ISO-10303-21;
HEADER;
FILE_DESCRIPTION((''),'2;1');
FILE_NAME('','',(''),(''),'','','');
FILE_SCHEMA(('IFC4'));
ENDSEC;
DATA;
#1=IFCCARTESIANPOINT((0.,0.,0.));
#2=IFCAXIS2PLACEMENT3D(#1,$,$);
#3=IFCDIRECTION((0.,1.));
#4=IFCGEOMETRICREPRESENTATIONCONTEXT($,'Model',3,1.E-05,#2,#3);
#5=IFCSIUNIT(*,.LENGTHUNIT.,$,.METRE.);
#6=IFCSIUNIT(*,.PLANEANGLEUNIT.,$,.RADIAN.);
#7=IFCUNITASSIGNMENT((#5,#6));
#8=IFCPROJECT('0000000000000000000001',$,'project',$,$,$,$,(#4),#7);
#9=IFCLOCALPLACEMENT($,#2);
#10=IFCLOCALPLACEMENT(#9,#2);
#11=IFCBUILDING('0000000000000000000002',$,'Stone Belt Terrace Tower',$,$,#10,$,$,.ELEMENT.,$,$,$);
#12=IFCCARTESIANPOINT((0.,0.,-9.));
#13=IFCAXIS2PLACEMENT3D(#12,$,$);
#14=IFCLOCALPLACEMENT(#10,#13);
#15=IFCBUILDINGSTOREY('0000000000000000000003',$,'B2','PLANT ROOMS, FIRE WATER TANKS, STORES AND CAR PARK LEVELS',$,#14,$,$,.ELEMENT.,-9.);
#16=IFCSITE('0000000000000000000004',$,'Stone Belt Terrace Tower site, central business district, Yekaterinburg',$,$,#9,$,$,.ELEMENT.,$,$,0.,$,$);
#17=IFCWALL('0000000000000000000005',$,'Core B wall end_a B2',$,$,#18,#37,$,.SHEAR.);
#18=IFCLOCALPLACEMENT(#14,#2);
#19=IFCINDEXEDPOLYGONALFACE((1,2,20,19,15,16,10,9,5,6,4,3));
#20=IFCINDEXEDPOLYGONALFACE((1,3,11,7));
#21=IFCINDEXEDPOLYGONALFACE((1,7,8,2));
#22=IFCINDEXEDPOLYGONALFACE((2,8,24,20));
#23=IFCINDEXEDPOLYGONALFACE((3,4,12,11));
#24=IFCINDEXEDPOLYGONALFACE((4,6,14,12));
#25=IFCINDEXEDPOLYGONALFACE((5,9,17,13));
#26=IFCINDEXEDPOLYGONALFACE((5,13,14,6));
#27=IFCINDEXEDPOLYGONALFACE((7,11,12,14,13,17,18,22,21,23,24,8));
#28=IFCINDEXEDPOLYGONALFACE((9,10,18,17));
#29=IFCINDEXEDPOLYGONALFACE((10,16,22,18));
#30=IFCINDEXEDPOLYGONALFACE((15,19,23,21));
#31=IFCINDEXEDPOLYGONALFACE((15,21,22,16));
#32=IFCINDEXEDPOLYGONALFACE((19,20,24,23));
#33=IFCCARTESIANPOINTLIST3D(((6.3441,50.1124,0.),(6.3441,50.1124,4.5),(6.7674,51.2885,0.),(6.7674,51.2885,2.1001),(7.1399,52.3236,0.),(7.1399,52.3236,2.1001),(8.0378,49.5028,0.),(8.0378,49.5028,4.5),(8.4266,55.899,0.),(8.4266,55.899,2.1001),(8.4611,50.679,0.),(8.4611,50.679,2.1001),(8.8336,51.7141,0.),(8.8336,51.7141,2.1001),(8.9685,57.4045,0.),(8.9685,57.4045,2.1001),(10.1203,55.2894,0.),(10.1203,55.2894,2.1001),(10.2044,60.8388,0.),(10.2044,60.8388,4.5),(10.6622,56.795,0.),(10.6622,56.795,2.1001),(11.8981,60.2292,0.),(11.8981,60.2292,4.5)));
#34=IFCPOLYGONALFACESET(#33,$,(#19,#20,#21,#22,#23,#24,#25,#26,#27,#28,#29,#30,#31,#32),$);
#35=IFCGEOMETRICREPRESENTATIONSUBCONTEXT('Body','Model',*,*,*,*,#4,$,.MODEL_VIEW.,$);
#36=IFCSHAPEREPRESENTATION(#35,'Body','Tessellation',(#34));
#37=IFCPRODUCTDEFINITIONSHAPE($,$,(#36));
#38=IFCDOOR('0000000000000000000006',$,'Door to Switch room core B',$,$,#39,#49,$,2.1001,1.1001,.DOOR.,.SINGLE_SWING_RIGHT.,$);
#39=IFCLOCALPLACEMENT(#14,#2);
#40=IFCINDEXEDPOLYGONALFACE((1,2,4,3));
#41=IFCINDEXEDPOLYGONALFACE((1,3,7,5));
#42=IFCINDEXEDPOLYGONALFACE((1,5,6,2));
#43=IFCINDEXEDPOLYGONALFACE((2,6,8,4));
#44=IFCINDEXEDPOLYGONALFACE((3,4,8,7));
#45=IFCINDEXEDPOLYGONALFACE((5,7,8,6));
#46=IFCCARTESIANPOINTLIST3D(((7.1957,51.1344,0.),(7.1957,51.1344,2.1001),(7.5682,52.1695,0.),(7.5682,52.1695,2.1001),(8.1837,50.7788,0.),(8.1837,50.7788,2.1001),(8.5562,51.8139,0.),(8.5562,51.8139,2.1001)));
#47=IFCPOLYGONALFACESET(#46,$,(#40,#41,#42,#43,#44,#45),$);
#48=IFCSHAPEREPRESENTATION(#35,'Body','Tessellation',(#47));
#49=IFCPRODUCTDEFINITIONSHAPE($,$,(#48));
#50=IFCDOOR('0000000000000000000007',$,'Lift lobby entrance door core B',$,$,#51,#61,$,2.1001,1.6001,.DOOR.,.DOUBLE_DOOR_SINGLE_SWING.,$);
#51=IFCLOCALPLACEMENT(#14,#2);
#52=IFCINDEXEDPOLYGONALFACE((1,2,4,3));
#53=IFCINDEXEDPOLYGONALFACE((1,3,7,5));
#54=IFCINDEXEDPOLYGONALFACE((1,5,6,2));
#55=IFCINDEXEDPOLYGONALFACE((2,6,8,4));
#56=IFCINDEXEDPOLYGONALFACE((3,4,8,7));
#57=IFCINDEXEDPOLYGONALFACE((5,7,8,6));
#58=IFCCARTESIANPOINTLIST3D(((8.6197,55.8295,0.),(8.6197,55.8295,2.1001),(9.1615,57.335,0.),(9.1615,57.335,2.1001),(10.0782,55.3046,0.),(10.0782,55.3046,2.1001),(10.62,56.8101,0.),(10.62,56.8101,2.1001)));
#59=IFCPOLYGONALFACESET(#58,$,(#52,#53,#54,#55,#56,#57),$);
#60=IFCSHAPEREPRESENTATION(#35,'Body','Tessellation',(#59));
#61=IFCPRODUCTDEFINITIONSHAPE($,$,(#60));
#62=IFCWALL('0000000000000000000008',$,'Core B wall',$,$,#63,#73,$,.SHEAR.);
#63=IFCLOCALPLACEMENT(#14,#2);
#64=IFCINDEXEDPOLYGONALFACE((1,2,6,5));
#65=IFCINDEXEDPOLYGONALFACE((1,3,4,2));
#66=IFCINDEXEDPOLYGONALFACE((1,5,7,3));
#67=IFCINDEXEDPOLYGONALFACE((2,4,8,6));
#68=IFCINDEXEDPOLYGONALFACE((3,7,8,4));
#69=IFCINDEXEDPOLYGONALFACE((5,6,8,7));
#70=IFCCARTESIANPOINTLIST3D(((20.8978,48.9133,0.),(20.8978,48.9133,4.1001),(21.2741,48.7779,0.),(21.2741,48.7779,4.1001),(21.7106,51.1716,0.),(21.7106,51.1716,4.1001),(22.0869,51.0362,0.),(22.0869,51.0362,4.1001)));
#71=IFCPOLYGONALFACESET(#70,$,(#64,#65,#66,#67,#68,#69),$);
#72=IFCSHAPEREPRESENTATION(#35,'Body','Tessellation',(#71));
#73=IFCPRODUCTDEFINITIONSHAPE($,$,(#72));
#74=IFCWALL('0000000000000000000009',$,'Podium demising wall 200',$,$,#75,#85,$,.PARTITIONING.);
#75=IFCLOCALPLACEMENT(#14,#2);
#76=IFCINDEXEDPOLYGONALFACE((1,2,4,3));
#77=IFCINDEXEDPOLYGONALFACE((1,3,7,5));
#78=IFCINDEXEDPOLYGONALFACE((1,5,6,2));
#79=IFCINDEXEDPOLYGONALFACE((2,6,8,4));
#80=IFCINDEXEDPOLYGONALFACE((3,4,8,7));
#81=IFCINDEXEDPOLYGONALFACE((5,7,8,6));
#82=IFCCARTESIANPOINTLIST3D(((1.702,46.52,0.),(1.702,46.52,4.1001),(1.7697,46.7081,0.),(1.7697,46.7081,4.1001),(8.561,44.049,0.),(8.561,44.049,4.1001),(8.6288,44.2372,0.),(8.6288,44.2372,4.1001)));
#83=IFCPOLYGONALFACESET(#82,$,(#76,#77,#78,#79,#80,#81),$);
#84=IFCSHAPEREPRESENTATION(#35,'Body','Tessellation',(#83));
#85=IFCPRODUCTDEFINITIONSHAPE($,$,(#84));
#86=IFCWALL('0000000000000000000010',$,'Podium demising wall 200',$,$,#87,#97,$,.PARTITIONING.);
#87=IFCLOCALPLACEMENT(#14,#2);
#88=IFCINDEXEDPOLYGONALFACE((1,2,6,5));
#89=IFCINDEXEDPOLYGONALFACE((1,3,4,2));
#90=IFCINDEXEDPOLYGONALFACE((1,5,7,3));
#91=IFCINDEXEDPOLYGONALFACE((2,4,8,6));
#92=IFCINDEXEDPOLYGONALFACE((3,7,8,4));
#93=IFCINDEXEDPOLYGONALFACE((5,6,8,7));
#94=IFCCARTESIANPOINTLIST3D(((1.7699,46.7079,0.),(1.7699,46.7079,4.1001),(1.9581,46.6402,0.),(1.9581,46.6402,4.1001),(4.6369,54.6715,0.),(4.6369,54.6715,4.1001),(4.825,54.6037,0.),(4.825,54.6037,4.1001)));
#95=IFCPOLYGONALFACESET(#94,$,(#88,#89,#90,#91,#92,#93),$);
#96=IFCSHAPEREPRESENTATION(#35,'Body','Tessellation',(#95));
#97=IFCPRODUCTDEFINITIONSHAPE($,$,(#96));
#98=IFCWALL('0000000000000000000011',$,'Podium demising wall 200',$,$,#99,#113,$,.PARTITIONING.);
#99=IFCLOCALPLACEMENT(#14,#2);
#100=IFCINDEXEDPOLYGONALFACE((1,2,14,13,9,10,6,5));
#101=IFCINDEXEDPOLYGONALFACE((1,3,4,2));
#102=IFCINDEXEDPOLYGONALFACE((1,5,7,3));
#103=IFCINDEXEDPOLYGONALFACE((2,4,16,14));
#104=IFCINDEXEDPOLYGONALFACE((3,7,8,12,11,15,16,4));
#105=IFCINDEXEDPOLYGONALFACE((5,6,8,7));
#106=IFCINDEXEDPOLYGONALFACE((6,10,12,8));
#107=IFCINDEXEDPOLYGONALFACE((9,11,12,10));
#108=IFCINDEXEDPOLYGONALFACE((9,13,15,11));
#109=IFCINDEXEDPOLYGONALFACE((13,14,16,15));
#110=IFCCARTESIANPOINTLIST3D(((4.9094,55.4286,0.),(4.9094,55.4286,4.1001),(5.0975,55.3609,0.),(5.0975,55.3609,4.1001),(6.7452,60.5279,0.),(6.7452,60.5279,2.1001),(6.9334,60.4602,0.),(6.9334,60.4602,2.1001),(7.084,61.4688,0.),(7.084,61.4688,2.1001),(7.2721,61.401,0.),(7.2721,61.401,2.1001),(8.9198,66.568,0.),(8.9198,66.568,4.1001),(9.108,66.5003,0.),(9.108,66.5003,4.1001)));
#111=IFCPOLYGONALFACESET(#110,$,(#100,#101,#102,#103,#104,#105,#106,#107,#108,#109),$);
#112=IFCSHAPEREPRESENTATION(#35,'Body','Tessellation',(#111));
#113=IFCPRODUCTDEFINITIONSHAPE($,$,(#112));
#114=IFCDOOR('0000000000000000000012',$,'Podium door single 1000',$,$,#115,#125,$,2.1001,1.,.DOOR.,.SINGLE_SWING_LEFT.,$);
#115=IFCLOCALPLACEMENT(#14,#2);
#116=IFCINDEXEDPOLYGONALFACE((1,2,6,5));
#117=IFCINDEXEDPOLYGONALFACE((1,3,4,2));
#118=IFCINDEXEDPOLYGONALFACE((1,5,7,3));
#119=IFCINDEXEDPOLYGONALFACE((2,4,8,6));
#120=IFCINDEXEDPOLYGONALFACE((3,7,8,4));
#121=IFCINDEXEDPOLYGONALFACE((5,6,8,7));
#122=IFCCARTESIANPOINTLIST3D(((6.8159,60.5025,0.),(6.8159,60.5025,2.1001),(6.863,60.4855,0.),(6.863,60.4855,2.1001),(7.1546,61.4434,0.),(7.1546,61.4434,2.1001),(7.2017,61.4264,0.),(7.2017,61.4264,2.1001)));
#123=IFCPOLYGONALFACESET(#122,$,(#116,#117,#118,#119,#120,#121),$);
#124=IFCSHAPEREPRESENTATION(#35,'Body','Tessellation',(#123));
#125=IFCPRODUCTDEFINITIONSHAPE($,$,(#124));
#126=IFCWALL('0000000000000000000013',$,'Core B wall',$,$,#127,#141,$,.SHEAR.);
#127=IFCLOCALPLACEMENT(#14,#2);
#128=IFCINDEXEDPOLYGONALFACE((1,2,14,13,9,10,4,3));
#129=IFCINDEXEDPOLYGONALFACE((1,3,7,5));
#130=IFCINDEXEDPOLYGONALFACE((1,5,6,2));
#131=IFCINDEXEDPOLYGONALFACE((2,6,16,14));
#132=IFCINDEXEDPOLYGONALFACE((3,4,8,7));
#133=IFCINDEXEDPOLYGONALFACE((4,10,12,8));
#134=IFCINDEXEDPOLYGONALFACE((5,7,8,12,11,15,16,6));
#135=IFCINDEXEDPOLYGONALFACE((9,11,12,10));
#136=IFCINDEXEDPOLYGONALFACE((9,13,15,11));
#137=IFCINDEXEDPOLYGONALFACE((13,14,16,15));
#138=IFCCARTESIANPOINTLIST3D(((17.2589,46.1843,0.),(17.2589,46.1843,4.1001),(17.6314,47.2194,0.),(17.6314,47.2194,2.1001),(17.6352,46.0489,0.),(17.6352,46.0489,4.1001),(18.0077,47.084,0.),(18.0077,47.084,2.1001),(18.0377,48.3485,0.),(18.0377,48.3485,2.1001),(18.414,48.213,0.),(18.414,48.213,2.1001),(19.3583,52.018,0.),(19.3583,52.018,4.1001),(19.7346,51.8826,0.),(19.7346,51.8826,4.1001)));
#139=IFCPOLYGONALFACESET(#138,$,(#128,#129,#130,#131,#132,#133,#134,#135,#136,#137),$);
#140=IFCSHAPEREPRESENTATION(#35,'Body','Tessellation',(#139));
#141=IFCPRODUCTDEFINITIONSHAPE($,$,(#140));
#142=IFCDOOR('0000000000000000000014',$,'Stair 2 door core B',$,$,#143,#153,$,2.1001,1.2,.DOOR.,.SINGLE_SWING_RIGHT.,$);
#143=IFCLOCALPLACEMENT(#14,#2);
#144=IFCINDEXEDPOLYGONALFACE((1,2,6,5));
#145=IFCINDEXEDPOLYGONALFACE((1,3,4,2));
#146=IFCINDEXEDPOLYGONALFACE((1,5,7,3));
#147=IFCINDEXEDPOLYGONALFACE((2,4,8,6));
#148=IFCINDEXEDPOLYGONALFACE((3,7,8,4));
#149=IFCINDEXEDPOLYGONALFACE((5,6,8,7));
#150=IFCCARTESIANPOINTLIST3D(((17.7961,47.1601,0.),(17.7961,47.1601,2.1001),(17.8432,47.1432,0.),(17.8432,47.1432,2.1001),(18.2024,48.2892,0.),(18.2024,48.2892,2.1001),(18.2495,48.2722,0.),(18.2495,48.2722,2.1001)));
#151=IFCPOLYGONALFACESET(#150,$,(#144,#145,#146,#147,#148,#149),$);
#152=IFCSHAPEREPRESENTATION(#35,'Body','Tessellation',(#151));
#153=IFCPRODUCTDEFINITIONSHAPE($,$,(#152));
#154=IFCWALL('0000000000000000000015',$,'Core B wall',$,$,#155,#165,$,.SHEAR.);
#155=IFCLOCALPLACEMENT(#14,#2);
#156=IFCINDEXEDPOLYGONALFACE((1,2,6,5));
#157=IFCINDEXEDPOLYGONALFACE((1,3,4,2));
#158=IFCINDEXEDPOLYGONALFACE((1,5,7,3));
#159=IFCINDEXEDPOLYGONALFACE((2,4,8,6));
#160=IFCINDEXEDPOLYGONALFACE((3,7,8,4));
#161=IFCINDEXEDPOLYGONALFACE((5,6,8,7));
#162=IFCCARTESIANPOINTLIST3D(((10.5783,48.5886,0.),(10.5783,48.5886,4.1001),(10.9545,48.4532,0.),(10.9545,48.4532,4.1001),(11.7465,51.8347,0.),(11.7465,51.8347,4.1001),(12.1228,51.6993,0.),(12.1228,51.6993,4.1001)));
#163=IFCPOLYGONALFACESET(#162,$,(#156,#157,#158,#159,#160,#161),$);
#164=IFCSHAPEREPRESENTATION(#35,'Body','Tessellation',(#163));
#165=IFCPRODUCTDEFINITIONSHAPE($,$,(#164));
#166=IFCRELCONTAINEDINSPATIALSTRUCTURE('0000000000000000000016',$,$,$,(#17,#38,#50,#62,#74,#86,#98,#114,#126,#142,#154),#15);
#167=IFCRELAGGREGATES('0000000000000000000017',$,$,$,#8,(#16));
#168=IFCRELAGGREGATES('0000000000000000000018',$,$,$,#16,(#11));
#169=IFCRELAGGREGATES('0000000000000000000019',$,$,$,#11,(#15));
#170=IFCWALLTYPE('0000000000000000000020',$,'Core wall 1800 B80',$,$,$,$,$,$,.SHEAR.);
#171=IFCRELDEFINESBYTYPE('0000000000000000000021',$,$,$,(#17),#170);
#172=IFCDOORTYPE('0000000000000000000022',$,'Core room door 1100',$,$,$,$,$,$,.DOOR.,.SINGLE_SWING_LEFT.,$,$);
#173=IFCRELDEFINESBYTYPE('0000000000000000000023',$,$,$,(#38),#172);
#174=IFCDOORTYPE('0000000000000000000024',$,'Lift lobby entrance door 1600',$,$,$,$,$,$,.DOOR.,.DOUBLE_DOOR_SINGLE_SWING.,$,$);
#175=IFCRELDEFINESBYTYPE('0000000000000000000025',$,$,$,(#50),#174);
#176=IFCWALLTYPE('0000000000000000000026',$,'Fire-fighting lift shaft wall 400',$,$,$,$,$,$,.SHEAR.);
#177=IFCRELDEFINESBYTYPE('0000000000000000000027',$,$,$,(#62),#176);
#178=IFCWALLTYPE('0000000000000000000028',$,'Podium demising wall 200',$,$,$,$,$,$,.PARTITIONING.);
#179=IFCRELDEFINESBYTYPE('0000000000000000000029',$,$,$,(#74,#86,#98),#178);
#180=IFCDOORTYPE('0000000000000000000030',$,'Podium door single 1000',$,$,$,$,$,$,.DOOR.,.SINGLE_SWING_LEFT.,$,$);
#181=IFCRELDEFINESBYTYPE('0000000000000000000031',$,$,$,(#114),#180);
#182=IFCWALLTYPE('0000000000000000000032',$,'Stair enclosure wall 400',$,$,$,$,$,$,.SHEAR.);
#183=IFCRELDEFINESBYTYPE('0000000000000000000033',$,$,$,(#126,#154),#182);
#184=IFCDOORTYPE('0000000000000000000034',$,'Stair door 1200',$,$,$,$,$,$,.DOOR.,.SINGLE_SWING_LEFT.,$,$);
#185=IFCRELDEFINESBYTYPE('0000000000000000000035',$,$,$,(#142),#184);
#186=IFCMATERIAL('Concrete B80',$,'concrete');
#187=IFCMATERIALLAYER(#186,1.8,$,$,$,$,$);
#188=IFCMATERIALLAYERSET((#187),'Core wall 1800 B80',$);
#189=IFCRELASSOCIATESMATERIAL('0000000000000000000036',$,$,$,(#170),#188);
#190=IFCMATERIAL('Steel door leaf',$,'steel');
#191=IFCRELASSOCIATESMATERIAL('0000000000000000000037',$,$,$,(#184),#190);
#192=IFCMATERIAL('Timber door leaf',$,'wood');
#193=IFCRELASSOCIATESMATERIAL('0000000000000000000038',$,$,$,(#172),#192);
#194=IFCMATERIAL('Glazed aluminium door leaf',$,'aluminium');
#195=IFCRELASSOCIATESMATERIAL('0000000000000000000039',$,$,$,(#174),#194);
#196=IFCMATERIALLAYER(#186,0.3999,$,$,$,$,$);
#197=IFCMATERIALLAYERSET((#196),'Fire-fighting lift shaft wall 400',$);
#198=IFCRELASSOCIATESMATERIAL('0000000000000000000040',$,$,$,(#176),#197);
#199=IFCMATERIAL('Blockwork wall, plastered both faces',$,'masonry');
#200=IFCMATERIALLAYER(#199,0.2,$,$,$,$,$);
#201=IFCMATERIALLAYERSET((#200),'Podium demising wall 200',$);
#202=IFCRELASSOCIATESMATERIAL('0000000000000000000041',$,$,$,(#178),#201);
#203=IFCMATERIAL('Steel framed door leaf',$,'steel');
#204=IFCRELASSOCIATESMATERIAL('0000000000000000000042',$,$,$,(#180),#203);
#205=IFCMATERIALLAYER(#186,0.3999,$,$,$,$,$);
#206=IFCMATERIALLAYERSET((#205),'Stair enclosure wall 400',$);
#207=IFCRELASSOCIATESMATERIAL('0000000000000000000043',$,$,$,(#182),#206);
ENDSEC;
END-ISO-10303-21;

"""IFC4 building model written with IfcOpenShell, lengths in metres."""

from ifc_helpers import new_model, si_unit, direction, frame, frame_2d, origin, place, context, subcontext, project, spatial, rectangle, extrude, material, layer, layer_set, type_object, element, fill, save


model = new_model("IFC4")

# Units and contexts
model_context = context("Model", 3, precision=1e-05, world=origin(), true_north=direction((0.0, 1.0)))
body_context = subcontext(model_context, "Body", "Model", "MODEL_VIEW")
ifc_project = project(units=[si_unit("LENGTHUNIT", "METRE"), si_unit("PLANEANGLEUNIT", "RADIAN")], contexts=[model_context])

# Site, building, storey
site_placement = place(None, origin())
site = spatial("IfcSite", under=ifc_project, at=site_placement, Name="Stone Belt Terrace Tower site, central business district, Yekaterinburg", CompositionType="ELEMENT", RefElevation=0.0)
building_placement = place(site_placement, origin())
building = spatial("IfcBuilding", under=site, at=building_placement, Name="Stone Belt Terrace Tower", CompositionType="ELEMENT")
storey_placement = place(building_placement, frame((0.0, 0.0, -9.0)))
storey = spatial("IfcBuildingStorey", under=building, at=storey_placement, Name="B2", Description="PLANT ROOMS, FIRE WATER TANKS, STORES AND CAR PARK LEVELS", CompositionType="ELEMENT", Elevation=-9.0)

# Shared definitions
ifc_material_1 = material(Name="Concrete B80", Category="concrete")

# Shared definitions
ifc_material_2 = material(Name="Timber door leaf", Category="wood")

# Wall, openings, doors
ifc_layer_1 = layer(ifc_material_1, 1.8)
ifc_layer_set_1 = layer_set([ifc_layer_1], Name="Core wall 1800 B80")
wall_type_1 = type_object("IfcWallType", Name="Core wall 1800 B80", PredefinedType="SHEAR", material=ifc_layer_set_1)
ifc_material_3 = material(Name="Steel door leaf", Category="steel")
door_type_1 = type_object("IfcDoorType", Name="Stair door 1200", OperationType="SINGLE_SWING_LEFT", PredefinedType="DOOR", material=ifc_material_3)
wall_1_placement = place(storey_placement, frame((7.1909, 49.8076, 0.0), z_axis=(0.0, 0.0, 1.0), x_axis=(0.338632, 0.940919, 0.0)))
wall_1 = element("IfcWall", 1, at=wall_1_placement, inside=storey, type_object=wall_type_1, Name="Core B wall end_a B2", PredefinedType="SHEAR", context=body_context, shape_type="SweptSolid", body=[
    extrude(rectangle(XDim=11.3999, YDim=1.8, at=frame_2d((5.7, 0.0))), origin(), (0.0, 0.0, 1.0), 4.5),
])
opening_1_placement = place(wall_1_placement, frame((6.1499, 0.0, 0.0)))
opening_1 = element("IfcOpeningElement", 2, at=opening_1_placement, cuts=wall_1, PredefinedType="OPENING", context=body_context, shape_type="SweptSolid", body=[
    extrude(rectangle(XDim=1.6001, YDim=2.1001, at=frame_2d((0.8, 1.05))), frame((0.0, 0.9099, 0.0), z_axis=(0.0, -1.0, 0.0), x_axis=(1.0, 0.0, 0.0)), (0.0, 0.0, 1.0), 1.8201),
])
opening_2_placement = place(wall_1_placement, frame((1.25, 0.0, 0.0)))
opening_2 = element("IfcOpeningElement", 3, at=opening_2_placement, cuts=wall_1, PredefinedType="OPENING", context=body_context, shape_type="SweptSolid", body=[
    extrude(rectangle(XDim=1.1001, YDim=2.1001, at=frame_2d((0.55, 1.05))), frame((0.0, 0.9099, 0.0), z_axis=(0.0, -1.0, 0.0), x_axis=(1.0, 0.0, 0.0)), (0.0, 0.0, 1.0), 1.8201),
])
door_type_2 = type_object("IfcDoorType", Name="Core room door 1100", OperationType="SINGLE_SWING_LEFT", PredefinedType="DOOR", material=ifc_material_2)
door_1_placement = place(opening_2_placement, origin())
door_1 = element("IfcDoor", 4, at=door_1_placement, inside=storey, type_object=door_type_2, Name="Door to Switch room core B", OperationType="SINGLE_SWING_RIGHT", OverallHeight=2.1001, OverallWidth=1.1001, PredefinedType="DOOR", context=body_context, shape_type="SweptSolid", body=[
    extrude(rectangle(XDim=1.1001, YDim=2.1001, at=frame_2d((0.55, 1.05))), frame((0.0, 0.4448, 0.0), z_axis=(0.0, -1.0, 0.0), x_axis=(1.0, 0.0, 0.0)), (0.0, 0.0, 1.0), 1.05),
])
fill(opening_2, door_1)
ifc_material_4 = material(Name="Glazed aluminium door leaf", Category="aluminium")
door_type_3 = type_object("IfcDoorType", Name="Lift lobby entrance door 1600", OperationType="DOUBLE_DOOR_SINGLE_SWING", PredefinedType="DOOR", material=ifc_material_4)
door_2_placement = place(opening_1_placement, origin())
door_2 = element("IfcDoor", 5, at=door_2_placement, inside=storey, type_object=door_type_3, Name="Lift lobby entrance door core B", OperationType="DOUBLE_DOOR_SINGLE_SWING", OverallHeight=2.1001, OverallWidth=1.6001, PredefinedType="DOOR", context=body_context, shape_type="SweptSolid", body=[
    extrude(rectangle(XDim=1.6001, YDim=2.1001, at=frame_2d((0.8, 1.05))), frame((0.0, 0.6948, 0.0), z_axis=(0.0, -1.0, 0.0), x_axis=(1.0, 0.0, 0.0)), (0.0, 0.0, 1.0), 1.55),
])
fill(opening_1, door_2)

# Walls
ifc_layer_2 = layer(ifc_material_1, 0.3999)
ifc_layer_set_2 = layer_set([ifc_layer_2], Name="Fire-fighting lift shaft wall 400")
wall_type_2 = type_object("IfcWallType", Name="Fire-fighting lift shaft wall 400", PredefinedType="SHEAR", material=ifc_layer_set_2)
wall_2_placement = place(storey_placement, frame((21.0859, 48.8455, 0.0), z_axis=(0.0, 0.0, 1.0), x_axis=(0.338629, 0.94092, 0.0)))
element("IfcWall", 6, at=wall_2_placement, inside=storey, type_object=wall_type_2, Name="Core B wall", PredefinedType="SHEAR", context=body_context, shape_type="SweptSolid", body=[
    extrude(rectangle(XDim=2.4001, YDim=0.3999, at=frame_2d((1.2002, 0.0))), origin(), (0.0, 0.0, 1.0), 4.1001),
])
ifc_material_5 = material(Name="Blockwork wall, plastered both faces", Category="masonry")
ifc_layer_3 = layer(ifc_material_5, 0.2)
ifc_layer_set_3 = layer_set([ifc_layer_3], Name="Podium demising wall 200")
wall_type_3 = type_object("IfcWallType", Name="Podium demising wall 200", PredefinedType="PARTITIONING", material=ifc_layer_set_3)
wall_3_placement = place(storey_placement, frame((1.7358, 46.614, 0.0), z_axis=(0.0, 0.0, 1.0), x_axis=(0.940815, -0.338921, 0.0)))
element("IfcWall", 7, at=wall_3_placement, inside=storey, type_object=wall_type_3, Name="Podium demising wall 200", PredefinedType="PARTITIONING", context=body_context, shape_type="SweptSolid", body=[
    extrude(rectangle(XDim=7.2905, YDim=0.2, at=frame_2d((3.6453, 0.0))), origin(), (0.0, 0.0, 1.0), 4.1001),
])
wall_4_placement = place(storey_placement, frame((1.864, 46.6741, 0.0), z_axis=(0.0, 0.0, 1.0), x_axis=(0.338724, 0.940886, 0.0)))
element("IfcWall", 8, at=wall_4_placement, inside=storey, type_object=wall_type_3, Name="Podium demising wall 200", PredefinedType="PARTITIONING", context=body_context, shape_type="SweptSolid", body=[
    extrude(rectangle(XDim=8.4639, YDim=0.2, at=frame_2d((4.2319, 0.0))), origin(), (0.0, 0.0, 1.0), 4.1001),
])

# Walls, openings, doors
wall_5_placement = place(storey_placement, frame((5.0034, 55.3948, 0.0), z_axis=(0.0, 0.0, 1.0), x_axis=(0.338743, 0.940879, 0.0)))
wall_5 = element("IfcWall", 9, at=wall_5_placement, inside=storey, type_object=wall_type_3, Name="Podium demising wall 200", PredefinedType="PARTITIONING", context=body_context, shape_type="SweptSolid", body=[
    extrude(rectangle(XDim=11.8394, YDim=0.2, at=frame_2d((5.9197, 0.0))), origin(), (0.0, 0.0, 1.0), 4.1001),
])
opening_3_placement = place(wall_5_placement, frame((5.4197, 0.0, 0.0)))
opening_3 = element("IfcOpeningElement", 10, at=opening_3_placement, cuts=wall_5, PredefinedType="OPENING", context=body_context, shape_type="SweptSolid", body=[
    extrude(rectangle(XDim=1.0, YDim=2.1001, at=frame_2d((0.5, 1.05))), frame((0.0, 0.1099, 0.0), z_axis=(0.0, -1.0, 0.0), x_axis=(1.0, 0.0, 0.0)), (0.0, 0.0, 1.0), 0.22),
])
ifc_material_6 = material(Name="Steel framed door leaf", Category="steel")
door_type_4 = type_object("IfcDoorType", Name="Podium door single 1000", OperationType="SINGLE_SWING_LEFT", PredefinedType="DOOR", material=ifc_material_6)
door_3_placement = place(opening_3_placement, origin())
door_3 = element("IfcDoor", 11, at=door_3_placement, inside=storey, type_object=door_type_4, Name="Podium door single 1000", OperationType="SINGLE_SWING_LEFT", OverallHeight=2.1001, OverallWidth=1.0, PredefinedType="DOOR", context=body_context, shape_type="SweptSolid", body=[
    extrude(rectangle(XDim=1.0, YDim=2.1001, at=frame_2d((0.5, 1.05))), frame((0.0, 0.0249, 0.0), z_axis=(0.0, -1.0, 0.0), x_axis=(1.0, 0.0, 0.0)), (0.0, 0.0, 1.0), 0.05),
])
fill(opening_3, door_3)
ifc_layer_4 = layer(ifc_material_1, 0.3999)
ifc_layer_set_4 = layer_set([ifc_layer_4], Name="Stair enclosure wall 400")
wall_type_4 = type_object("IfcWallType", Name="Stair enclosure wall 400", PredefinedType="SHEAR", material=ifc_layer_set_4)
wall_6_placement = place(storey_placement, frame((17.447, 46.1165, 0.0), z_axis=(0.0, 0.0, 1.0), x_axis=(0.338608, 0.940928, 0.0)))
wall_6 = element("IfcWall", 12, at=wall_6_placement, inside=storey, type_object=wall_type_4, Name="Core B wall", PredefinedType="SHEAR", context=body_context, shape_type="SweptSolid", body=[
    extrude(rectangle(XDim=6.2, YDim=0.3999, at=frame_2d((3.1001, 0.0))), origin(), (0.0, 0.0, 1.0), 4.1001),
])
opening_4_placement = place(wall_6_placement, frame((1.1001, 0.0, 0.0)))
opening_4 = element("IfcOpeningElement", 13, at=opening_4_placement, cuts=wall_6, PredefinedType="OPENING", context=body_context, shape_type="SweptSolid", body=[
    extrude(rectangle(XDim=1.2, YDim=2.1001, at=frame_2d((0.6001, 1.05))), frame((0.0, 0.21, 0.0), z_axis=(0.0, -1.0, 0.0), x_axis=(1.0, 0.0, 0.0)), (0.0, 0.0, 1.0), 0.4199),
])
door_4_placement = place(opening_4_placement, origin())
door_4 = element("IfcDoor", 14, at=door_4_placement, inside=storey, type_object=door_type_1, Name="Stair 2 door core B", OperationType="SINGLE_SWING_RIGHT", OverallHeight=2.1001, OverallWidth=1.2, PredefinedType="DOOR", context=body_context, shape_type="SweptSolid", body=[
    extrude(rectangle(XDim=1.2, YDim=2.1001, at=frame_2d((0.6001, 1.05))), frame((0.0, 0.0249, 0.0), z_axis=(0.0, -1.0, 0.0), x_axis=(1.0, 0.0, 0.0)), (0.0, 0.0, 1.0), 0.05),
])
fill(opening_4, door_4)

# Wall
wall_7_placement = place(storey_placement, frame((10.7664, 48.5208, 0.0), z_axis=(0.0, 0.0, 1.0), x_axis=(0.338622, 0.940923, 0.0)))
element("IfcWall", 15, at=wall_7_placement, inside=storey, type_object=wall_type_4, Name="Core B wall", PredefinedType="SHEAR", context=body_context, shape_type="SweptSolid", body=[
    extrude(rectangle(XDim=3.45, YDim=0.3999, at=frame_2d((1.7251, 0.0))), origin(), (0.0, 0.0, 1.0), 4.1001),
])

save(model, "model.ifc")
